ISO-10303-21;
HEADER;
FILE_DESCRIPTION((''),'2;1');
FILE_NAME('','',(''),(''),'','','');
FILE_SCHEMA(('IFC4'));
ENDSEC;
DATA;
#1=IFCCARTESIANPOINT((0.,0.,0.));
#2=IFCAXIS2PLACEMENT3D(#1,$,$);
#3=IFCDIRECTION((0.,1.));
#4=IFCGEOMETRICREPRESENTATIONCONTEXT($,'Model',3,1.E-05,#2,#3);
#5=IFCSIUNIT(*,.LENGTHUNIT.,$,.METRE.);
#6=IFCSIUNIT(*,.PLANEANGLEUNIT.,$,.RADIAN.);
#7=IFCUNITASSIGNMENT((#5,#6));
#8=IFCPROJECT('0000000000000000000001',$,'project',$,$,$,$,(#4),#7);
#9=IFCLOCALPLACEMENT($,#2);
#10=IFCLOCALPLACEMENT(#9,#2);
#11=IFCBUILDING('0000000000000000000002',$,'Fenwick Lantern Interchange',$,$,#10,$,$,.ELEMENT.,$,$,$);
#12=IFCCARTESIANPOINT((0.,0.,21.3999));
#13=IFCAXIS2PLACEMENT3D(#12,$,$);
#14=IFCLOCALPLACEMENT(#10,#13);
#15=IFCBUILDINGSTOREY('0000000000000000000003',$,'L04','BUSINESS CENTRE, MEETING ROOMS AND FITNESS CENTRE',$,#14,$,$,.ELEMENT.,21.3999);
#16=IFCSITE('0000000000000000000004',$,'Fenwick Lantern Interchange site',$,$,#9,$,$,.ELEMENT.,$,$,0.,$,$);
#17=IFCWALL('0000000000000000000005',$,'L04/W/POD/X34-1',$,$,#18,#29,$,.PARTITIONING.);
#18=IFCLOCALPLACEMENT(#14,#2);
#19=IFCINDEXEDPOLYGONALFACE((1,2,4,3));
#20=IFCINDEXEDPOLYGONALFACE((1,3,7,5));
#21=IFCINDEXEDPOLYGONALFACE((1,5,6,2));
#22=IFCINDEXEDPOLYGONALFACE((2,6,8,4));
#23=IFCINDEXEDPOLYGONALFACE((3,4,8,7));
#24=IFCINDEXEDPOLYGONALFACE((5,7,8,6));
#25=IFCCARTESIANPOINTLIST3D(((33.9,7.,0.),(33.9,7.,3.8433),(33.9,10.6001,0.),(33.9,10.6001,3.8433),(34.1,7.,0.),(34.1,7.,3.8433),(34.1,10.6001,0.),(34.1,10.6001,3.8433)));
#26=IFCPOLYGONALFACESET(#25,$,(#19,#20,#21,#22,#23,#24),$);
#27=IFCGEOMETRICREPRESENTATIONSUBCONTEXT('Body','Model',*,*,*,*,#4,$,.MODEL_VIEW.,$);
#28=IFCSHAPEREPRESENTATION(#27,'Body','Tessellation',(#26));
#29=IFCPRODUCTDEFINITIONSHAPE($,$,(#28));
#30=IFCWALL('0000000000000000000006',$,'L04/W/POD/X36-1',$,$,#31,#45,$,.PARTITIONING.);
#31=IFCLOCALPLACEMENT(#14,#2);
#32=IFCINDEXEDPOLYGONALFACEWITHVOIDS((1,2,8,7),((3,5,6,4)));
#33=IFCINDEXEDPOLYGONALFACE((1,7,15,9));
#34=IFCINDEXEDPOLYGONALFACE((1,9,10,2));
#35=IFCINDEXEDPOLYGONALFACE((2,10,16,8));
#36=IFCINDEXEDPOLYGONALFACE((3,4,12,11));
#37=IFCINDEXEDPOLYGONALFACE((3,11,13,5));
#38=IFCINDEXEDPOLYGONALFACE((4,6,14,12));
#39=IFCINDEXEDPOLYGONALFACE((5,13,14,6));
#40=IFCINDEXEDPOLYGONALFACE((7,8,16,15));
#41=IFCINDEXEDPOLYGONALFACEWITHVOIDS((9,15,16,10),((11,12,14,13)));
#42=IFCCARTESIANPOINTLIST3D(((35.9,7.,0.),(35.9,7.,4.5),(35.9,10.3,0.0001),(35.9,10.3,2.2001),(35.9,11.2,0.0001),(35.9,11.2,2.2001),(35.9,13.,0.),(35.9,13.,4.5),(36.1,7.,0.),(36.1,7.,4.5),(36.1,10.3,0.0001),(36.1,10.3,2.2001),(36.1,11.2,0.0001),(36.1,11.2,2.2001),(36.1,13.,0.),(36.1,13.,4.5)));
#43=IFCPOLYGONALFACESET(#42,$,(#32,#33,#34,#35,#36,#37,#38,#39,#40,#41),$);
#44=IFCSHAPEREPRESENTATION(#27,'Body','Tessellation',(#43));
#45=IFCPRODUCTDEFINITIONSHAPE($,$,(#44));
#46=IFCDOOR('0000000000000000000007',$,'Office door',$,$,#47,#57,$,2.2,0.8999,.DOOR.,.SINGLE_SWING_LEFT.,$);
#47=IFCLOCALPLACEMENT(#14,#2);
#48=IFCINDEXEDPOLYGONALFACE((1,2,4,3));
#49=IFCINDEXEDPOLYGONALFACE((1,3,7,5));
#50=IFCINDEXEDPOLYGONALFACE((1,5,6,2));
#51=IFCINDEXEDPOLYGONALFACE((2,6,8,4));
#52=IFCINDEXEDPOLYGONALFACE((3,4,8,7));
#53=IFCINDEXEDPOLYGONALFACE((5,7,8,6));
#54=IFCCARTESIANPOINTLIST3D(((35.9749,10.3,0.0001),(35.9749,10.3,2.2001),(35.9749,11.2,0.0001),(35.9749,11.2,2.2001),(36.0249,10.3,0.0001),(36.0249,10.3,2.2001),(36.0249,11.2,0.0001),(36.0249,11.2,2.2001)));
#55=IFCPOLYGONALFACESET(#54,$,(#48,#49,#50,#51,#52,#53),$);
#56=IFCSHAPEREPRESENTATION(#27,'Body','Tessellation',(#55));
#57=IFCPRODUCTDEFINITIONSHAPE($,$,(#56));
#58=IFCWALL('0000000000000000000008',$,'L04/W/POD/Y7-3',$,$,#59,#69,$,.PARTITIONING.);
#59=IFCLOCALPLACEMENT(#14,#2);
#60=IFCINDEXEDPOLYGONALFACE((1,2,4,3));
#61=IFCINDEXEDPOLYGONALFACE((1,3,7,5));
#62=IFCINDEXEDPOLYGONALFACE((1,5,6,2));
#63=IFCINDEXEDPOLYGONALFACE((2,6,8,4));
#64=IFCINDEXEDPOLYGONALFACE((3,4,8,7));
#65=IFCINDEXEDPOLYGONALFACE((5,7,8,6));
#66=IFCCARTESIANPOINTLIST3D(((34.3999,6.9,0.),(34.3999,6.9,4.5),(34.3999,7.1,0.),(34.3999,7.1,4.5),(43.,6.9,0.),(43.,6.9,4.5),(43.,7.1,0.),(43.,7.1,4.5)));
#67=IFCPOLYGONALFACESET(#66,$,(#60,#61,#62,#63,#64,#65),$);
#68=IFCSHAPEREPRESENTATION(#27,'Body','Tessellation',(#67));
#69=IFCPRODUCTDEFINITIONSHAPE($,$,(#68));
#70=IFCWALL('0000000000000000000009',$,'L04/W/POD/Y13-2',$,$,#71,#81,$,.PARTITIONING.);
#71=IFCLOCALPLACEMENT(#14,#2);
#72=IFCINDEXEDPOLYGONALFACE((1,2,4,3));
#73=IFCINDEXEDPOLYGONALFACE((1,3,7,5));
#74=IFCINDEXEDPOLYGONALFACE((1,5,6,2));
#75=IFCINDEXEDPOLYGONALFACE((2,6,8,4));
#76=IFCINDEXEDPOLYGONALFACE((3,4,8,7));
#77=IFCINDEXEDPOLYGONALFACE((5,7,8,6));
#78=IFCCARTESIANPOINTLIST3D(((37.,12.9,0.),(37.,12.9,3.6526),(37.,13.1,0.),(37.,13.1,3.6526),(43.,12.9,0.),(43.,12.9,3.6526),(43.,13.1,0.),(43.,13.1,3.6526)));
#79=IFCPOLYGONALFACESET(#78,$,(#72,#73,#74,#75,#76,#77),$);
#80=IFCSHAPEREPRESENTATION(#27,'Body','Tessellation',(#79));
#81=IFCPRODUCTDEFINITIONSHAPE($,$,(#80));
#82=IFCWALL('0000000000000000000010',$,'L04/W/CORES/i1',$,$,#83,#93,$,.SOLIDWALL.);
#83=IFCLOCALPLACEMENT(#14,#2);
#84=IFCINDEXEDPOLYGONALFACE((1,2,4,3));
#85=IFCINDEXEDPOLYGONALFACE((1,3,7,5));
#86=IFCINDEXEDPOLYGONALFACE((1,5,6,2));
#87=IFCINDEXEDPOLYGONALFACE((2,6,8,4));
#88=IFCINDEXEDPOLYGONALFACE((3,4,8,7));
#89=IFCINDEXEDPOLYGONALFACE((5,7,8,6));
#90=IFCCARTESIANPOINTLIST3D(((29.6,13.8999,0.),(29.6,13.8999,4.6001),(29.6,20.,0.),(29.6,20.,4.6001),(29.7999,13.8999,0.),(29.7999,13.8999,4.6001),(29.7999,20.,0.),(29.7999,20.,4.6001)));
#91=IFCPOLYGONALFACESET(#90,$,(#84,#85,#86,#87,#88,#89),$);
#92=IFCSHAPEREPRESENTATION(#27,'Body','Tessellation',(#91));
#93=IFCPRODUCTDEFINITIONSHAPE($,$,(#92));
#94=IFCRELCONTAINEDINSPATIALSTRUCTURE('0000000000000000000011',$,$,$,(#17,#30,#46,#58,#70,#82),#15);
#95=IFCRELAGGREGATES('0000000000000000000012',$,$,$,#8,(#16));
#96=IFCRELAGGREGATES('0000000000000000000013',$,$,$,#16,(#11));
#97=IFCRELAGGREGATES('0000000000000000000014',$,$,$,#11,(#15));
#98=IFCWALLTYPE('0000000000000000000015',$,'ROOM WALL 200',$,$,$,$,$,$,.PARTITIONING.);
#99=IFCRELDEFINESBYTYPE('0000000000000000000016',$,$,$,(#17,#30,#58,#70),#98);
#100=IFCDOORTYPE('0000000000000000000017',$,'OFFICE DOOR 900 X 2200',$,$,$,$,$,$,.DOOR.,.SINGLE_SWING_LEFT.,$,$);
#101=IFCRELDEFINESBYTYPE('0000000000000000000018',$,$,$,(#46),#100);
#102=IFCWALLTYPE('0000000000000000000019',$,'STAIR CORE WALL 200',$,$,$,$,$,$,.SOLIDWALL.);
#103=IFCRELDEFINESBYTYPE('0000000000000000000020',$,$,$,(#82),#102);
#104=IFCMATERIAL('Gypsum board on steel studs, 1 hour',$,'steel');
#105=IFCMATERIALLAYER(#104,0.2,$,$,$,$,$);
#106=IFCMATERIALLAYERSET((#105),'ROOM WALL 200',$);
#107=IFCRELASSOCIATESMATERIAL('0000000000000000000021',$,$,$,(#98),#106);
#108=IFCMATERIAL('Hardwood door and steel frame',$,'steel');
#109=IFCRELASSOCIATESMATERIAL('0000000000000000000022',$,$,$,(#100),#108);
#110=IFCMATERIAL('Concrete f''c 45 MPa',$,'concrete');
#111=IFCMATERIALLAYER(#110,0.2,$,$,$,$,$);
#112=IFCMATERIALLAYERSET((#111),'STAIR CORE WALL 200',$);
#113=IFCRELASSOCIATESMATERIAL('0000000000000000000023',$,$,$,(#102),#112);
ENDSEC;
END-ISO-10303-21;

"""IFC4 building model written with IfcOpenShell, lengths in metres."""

from ifc_helpers import new_model, si_unit, direction, frame, frame_2d, origin, place, context, subcontext, project, spatial, rectangle, extrude, material, layer, layer_set, type_object, element, fill, save


model = new_model("IFC4")

# Units and contexts
model_context = context("Model", 3, precision=1e-05, world=origin(), true_north=direction((0.0, 1.0)))
body_context = subcontext(model_context, "Body", "Model", "MODEL_VIEW")
ifc_project = project(units=[si_unit("LENGTHUNIT", "METRE"), si_unit("PLANEANGLEUNIT", "RADIAN")], contexts=[model_context])

# Site, building, storey
site_placement = place(None, origin())
site = spatial("IfcSite", under=ifc_project, at=site_placement, Name="Fenwick Lantern Interchange site", CompositionType="ELEMENT", RefElevation=0.0)
building_placement = place(site_placement, origin())
building = spatial("IfcBuilding", under=site, at=building_placement, Name="Fenwick Lantern Interchange", CompositionType="ELEMENT")
storey_placement = place(building_placement, frame((0.0, 0.0, 21.3999)))
storey = spatial("IfcBuildingStorey", under=building, at=storey_placement, Name="L04", Description="BUSINESS CENTRE, MEETING ROOMS AND FITNESS CENTRE", CompositionType="ELEMENT", Elevation=21.3999)

# Shared definitions
ifc_material_1 = material(Name="Hardwood door and steel frame", Category="steel")

# Wall
ifc_material_2 = material(Name="Gypsum board on steel studs, 1 hour", Category="steel")
ifc_layer_1 = layer(ifc_material_2, 0.2)
ifc_layer_set_1 = layer_set([ifc_layer_1], Name="ROOM WALL 200")
wall_type_1 = type_object("IfcWallType", Name="ROOM WALL 200", PredefinedType="PARTITIONING", material=ifc_layer_set_1)
wall_1_placement = place(storey_placement, frame((34.0, 7.0, 0.0), z_axis=(0.0, 0.0, 1.0), x_axis=(0.0, 1.0, 0.0)))
element("IfcWall", 1, at=wall_1_placement, inside=storey, type_object=wall_type_1, Name="L04/W/POD/X34-1", PredefinedType="PARTITIONING", context=body_context, shape_type="SweptSolid", body=[
    extrude(rectangle(XDim=3.6001, YDim=0.2, at=frame_2d((1.8, 0.0))), origin(), (0.0, 0.0, 1.0), 3.8433),
])

# Wall, opening, door
wall_2_placement = place(storey_placement, frame((36.0, 7.0, 0.0), z_axis=(0.0, 0.0, 1.0), x_axis=(0.0, 1.0, 0.0)))
wall_2 = element("IfcWall", 2, at=wall_2_placement, inside=storey, type_object=wall_type_1, Name="L04/W/POD/X36-1", PredefinedType="PARTITIONING", context=body_context, shape_type="SweptSolid", body=[
    extrude(rectangle(XDim=6.0, YDim=0.2, at=frame_2d((3.0, 0.0))), origin(), (0.0, 0.0, 1.0), 4.5),
])
opening_1_placement = place(wall_2_placement, frame((3.3, 0.0, 0.0)))
opening_1 = element("IfcOpeningElement", 3, at=opening_1_placement, cuts=wall_2, PredefinedType="OPENING", context=body_context, shape_type="SweptSolid", body=[
    extrude(rectangle(XDim=0.8999, YDim=2.2, at=frame_2d((0.45, 1.1001))), frame((0.0, 0.1099, 0.0), z_axis=(0.0, -1.0, 0.0), x_axis=(1.0, 0.0, 0.0)), (0.0, 0.0, 1.0), 0.22),
])
door_type_1 = type_object("IfcDoorType", Name="OFFICE DOOR 900 X 2200", OperationType="SINGLE_SWING_LEFT", PredefinedType="DOOR", material=ifc_material_1)
door_1_placement = place(opening_1_placement, frame((0.8999, 0.0, 0.0), z_axis=(0.0, 0.0, 1.0), x_axis=(-1.0, 0.0, 0.0)))
door_1 = element("IfcDoor", 4, at=door_1_placement, inside=storey, type_object=door_type_1, Name="Office door", OperationType="SINGLE_SWING_LEFT", OverallHeight=2.2, OverallWidth=0.8999, PredefinedType="DOOR", context=body_context, shape_type="SweptSolid", body=[
    extrude(rectangle(XDim=0.8999, YDim=2.2, at=frame_2d((0.45, 1.1001))), frame((0.0, 0.0249, 0.0), z_axis=(0.0, -1.0, 0.0), x_axis=(1.0, 0.0, 0.0)), (0.0, 0.0, 1.0), 0.05),
])
fill(opening_1, door_1)

# Walls
wall_3_placement = place(storey_placement, frame((34.3999, 7.0, 0.0), z_axis=(0.0, 0.0, 1.0), x_axis=(1.0, 0.0, 0.0)))
element("IfcWall", 5, at=wall_3_placement, inside=storey, type_object=wall_type_1, Name="L04/W/POD/Y7-3", PredefinedType="PARTITIONING", context=body_context, shape_type="SweptSolid", body=[
    extrude(rectangle(XDim=8.6001, YDim=0.2, at=frame_2d((4.3, 0.0))), origin(), (0.0, 0.0, 1.0), 4.5),
])
wall_4_placement = place(storey_placement, frame((37.0, 13.0, 0.0), z_axis=(0.0, 0.0, 1.0), x_axis=(1.0, 0.0, 0.0)))
element("IfcWall", 6, at=wall_4_placement, inside=storey, type_object=wall_type_1, Name="L04/W/POD/Y13-2", PredefinedType="PARTITIONING", context=body_context, shape_type="SweptSolid", body=[
    extrude(rectangle(XDim=6.0, YDim=0.2, at=frame_2d((3.0, 0.0))), origin(), (0.0, 0.0, 1.0), 3.6526),
])

# Wall
ifc_material_3 = material(Name="Concrete f'c 45 MPa", Category="concrete")
ifc_layer_2 = layer(ifc_material_3, 0.2)
ifc_layer_set_2 = layer_set([ifc_layer_2], Name="STAIR CORE WALL 200")
wall_type_2 = type_object("IfcWallType", Name="STAIR CORE WALL 200", PredefinedType="SOLIDWALL", material=ifc_layer_set_2)
wall_5_placement = place(storey_placement, frame((29.7, 13.8999, 0.0), z_axis=(0.0, 0.0, 1.0), x_axis=(0.0, 1.0, 0.0)))
element("IfcWall", 7, at=wall_5_placement, inside=storey, type_object=wall_type_2, Name="L04/W/CORES/i1", PredefinedType="SOLIDWALL", context=body_context, shape_type="SweptSolid", body=[
    extrude(rectangle(XDim=6.1001, YDim=0.2, at=frame_2d((3.05, 0.0))), origin(), (0.0, 0.0, 1.0), 4.6001),
])

save(model, "model.ifc")
